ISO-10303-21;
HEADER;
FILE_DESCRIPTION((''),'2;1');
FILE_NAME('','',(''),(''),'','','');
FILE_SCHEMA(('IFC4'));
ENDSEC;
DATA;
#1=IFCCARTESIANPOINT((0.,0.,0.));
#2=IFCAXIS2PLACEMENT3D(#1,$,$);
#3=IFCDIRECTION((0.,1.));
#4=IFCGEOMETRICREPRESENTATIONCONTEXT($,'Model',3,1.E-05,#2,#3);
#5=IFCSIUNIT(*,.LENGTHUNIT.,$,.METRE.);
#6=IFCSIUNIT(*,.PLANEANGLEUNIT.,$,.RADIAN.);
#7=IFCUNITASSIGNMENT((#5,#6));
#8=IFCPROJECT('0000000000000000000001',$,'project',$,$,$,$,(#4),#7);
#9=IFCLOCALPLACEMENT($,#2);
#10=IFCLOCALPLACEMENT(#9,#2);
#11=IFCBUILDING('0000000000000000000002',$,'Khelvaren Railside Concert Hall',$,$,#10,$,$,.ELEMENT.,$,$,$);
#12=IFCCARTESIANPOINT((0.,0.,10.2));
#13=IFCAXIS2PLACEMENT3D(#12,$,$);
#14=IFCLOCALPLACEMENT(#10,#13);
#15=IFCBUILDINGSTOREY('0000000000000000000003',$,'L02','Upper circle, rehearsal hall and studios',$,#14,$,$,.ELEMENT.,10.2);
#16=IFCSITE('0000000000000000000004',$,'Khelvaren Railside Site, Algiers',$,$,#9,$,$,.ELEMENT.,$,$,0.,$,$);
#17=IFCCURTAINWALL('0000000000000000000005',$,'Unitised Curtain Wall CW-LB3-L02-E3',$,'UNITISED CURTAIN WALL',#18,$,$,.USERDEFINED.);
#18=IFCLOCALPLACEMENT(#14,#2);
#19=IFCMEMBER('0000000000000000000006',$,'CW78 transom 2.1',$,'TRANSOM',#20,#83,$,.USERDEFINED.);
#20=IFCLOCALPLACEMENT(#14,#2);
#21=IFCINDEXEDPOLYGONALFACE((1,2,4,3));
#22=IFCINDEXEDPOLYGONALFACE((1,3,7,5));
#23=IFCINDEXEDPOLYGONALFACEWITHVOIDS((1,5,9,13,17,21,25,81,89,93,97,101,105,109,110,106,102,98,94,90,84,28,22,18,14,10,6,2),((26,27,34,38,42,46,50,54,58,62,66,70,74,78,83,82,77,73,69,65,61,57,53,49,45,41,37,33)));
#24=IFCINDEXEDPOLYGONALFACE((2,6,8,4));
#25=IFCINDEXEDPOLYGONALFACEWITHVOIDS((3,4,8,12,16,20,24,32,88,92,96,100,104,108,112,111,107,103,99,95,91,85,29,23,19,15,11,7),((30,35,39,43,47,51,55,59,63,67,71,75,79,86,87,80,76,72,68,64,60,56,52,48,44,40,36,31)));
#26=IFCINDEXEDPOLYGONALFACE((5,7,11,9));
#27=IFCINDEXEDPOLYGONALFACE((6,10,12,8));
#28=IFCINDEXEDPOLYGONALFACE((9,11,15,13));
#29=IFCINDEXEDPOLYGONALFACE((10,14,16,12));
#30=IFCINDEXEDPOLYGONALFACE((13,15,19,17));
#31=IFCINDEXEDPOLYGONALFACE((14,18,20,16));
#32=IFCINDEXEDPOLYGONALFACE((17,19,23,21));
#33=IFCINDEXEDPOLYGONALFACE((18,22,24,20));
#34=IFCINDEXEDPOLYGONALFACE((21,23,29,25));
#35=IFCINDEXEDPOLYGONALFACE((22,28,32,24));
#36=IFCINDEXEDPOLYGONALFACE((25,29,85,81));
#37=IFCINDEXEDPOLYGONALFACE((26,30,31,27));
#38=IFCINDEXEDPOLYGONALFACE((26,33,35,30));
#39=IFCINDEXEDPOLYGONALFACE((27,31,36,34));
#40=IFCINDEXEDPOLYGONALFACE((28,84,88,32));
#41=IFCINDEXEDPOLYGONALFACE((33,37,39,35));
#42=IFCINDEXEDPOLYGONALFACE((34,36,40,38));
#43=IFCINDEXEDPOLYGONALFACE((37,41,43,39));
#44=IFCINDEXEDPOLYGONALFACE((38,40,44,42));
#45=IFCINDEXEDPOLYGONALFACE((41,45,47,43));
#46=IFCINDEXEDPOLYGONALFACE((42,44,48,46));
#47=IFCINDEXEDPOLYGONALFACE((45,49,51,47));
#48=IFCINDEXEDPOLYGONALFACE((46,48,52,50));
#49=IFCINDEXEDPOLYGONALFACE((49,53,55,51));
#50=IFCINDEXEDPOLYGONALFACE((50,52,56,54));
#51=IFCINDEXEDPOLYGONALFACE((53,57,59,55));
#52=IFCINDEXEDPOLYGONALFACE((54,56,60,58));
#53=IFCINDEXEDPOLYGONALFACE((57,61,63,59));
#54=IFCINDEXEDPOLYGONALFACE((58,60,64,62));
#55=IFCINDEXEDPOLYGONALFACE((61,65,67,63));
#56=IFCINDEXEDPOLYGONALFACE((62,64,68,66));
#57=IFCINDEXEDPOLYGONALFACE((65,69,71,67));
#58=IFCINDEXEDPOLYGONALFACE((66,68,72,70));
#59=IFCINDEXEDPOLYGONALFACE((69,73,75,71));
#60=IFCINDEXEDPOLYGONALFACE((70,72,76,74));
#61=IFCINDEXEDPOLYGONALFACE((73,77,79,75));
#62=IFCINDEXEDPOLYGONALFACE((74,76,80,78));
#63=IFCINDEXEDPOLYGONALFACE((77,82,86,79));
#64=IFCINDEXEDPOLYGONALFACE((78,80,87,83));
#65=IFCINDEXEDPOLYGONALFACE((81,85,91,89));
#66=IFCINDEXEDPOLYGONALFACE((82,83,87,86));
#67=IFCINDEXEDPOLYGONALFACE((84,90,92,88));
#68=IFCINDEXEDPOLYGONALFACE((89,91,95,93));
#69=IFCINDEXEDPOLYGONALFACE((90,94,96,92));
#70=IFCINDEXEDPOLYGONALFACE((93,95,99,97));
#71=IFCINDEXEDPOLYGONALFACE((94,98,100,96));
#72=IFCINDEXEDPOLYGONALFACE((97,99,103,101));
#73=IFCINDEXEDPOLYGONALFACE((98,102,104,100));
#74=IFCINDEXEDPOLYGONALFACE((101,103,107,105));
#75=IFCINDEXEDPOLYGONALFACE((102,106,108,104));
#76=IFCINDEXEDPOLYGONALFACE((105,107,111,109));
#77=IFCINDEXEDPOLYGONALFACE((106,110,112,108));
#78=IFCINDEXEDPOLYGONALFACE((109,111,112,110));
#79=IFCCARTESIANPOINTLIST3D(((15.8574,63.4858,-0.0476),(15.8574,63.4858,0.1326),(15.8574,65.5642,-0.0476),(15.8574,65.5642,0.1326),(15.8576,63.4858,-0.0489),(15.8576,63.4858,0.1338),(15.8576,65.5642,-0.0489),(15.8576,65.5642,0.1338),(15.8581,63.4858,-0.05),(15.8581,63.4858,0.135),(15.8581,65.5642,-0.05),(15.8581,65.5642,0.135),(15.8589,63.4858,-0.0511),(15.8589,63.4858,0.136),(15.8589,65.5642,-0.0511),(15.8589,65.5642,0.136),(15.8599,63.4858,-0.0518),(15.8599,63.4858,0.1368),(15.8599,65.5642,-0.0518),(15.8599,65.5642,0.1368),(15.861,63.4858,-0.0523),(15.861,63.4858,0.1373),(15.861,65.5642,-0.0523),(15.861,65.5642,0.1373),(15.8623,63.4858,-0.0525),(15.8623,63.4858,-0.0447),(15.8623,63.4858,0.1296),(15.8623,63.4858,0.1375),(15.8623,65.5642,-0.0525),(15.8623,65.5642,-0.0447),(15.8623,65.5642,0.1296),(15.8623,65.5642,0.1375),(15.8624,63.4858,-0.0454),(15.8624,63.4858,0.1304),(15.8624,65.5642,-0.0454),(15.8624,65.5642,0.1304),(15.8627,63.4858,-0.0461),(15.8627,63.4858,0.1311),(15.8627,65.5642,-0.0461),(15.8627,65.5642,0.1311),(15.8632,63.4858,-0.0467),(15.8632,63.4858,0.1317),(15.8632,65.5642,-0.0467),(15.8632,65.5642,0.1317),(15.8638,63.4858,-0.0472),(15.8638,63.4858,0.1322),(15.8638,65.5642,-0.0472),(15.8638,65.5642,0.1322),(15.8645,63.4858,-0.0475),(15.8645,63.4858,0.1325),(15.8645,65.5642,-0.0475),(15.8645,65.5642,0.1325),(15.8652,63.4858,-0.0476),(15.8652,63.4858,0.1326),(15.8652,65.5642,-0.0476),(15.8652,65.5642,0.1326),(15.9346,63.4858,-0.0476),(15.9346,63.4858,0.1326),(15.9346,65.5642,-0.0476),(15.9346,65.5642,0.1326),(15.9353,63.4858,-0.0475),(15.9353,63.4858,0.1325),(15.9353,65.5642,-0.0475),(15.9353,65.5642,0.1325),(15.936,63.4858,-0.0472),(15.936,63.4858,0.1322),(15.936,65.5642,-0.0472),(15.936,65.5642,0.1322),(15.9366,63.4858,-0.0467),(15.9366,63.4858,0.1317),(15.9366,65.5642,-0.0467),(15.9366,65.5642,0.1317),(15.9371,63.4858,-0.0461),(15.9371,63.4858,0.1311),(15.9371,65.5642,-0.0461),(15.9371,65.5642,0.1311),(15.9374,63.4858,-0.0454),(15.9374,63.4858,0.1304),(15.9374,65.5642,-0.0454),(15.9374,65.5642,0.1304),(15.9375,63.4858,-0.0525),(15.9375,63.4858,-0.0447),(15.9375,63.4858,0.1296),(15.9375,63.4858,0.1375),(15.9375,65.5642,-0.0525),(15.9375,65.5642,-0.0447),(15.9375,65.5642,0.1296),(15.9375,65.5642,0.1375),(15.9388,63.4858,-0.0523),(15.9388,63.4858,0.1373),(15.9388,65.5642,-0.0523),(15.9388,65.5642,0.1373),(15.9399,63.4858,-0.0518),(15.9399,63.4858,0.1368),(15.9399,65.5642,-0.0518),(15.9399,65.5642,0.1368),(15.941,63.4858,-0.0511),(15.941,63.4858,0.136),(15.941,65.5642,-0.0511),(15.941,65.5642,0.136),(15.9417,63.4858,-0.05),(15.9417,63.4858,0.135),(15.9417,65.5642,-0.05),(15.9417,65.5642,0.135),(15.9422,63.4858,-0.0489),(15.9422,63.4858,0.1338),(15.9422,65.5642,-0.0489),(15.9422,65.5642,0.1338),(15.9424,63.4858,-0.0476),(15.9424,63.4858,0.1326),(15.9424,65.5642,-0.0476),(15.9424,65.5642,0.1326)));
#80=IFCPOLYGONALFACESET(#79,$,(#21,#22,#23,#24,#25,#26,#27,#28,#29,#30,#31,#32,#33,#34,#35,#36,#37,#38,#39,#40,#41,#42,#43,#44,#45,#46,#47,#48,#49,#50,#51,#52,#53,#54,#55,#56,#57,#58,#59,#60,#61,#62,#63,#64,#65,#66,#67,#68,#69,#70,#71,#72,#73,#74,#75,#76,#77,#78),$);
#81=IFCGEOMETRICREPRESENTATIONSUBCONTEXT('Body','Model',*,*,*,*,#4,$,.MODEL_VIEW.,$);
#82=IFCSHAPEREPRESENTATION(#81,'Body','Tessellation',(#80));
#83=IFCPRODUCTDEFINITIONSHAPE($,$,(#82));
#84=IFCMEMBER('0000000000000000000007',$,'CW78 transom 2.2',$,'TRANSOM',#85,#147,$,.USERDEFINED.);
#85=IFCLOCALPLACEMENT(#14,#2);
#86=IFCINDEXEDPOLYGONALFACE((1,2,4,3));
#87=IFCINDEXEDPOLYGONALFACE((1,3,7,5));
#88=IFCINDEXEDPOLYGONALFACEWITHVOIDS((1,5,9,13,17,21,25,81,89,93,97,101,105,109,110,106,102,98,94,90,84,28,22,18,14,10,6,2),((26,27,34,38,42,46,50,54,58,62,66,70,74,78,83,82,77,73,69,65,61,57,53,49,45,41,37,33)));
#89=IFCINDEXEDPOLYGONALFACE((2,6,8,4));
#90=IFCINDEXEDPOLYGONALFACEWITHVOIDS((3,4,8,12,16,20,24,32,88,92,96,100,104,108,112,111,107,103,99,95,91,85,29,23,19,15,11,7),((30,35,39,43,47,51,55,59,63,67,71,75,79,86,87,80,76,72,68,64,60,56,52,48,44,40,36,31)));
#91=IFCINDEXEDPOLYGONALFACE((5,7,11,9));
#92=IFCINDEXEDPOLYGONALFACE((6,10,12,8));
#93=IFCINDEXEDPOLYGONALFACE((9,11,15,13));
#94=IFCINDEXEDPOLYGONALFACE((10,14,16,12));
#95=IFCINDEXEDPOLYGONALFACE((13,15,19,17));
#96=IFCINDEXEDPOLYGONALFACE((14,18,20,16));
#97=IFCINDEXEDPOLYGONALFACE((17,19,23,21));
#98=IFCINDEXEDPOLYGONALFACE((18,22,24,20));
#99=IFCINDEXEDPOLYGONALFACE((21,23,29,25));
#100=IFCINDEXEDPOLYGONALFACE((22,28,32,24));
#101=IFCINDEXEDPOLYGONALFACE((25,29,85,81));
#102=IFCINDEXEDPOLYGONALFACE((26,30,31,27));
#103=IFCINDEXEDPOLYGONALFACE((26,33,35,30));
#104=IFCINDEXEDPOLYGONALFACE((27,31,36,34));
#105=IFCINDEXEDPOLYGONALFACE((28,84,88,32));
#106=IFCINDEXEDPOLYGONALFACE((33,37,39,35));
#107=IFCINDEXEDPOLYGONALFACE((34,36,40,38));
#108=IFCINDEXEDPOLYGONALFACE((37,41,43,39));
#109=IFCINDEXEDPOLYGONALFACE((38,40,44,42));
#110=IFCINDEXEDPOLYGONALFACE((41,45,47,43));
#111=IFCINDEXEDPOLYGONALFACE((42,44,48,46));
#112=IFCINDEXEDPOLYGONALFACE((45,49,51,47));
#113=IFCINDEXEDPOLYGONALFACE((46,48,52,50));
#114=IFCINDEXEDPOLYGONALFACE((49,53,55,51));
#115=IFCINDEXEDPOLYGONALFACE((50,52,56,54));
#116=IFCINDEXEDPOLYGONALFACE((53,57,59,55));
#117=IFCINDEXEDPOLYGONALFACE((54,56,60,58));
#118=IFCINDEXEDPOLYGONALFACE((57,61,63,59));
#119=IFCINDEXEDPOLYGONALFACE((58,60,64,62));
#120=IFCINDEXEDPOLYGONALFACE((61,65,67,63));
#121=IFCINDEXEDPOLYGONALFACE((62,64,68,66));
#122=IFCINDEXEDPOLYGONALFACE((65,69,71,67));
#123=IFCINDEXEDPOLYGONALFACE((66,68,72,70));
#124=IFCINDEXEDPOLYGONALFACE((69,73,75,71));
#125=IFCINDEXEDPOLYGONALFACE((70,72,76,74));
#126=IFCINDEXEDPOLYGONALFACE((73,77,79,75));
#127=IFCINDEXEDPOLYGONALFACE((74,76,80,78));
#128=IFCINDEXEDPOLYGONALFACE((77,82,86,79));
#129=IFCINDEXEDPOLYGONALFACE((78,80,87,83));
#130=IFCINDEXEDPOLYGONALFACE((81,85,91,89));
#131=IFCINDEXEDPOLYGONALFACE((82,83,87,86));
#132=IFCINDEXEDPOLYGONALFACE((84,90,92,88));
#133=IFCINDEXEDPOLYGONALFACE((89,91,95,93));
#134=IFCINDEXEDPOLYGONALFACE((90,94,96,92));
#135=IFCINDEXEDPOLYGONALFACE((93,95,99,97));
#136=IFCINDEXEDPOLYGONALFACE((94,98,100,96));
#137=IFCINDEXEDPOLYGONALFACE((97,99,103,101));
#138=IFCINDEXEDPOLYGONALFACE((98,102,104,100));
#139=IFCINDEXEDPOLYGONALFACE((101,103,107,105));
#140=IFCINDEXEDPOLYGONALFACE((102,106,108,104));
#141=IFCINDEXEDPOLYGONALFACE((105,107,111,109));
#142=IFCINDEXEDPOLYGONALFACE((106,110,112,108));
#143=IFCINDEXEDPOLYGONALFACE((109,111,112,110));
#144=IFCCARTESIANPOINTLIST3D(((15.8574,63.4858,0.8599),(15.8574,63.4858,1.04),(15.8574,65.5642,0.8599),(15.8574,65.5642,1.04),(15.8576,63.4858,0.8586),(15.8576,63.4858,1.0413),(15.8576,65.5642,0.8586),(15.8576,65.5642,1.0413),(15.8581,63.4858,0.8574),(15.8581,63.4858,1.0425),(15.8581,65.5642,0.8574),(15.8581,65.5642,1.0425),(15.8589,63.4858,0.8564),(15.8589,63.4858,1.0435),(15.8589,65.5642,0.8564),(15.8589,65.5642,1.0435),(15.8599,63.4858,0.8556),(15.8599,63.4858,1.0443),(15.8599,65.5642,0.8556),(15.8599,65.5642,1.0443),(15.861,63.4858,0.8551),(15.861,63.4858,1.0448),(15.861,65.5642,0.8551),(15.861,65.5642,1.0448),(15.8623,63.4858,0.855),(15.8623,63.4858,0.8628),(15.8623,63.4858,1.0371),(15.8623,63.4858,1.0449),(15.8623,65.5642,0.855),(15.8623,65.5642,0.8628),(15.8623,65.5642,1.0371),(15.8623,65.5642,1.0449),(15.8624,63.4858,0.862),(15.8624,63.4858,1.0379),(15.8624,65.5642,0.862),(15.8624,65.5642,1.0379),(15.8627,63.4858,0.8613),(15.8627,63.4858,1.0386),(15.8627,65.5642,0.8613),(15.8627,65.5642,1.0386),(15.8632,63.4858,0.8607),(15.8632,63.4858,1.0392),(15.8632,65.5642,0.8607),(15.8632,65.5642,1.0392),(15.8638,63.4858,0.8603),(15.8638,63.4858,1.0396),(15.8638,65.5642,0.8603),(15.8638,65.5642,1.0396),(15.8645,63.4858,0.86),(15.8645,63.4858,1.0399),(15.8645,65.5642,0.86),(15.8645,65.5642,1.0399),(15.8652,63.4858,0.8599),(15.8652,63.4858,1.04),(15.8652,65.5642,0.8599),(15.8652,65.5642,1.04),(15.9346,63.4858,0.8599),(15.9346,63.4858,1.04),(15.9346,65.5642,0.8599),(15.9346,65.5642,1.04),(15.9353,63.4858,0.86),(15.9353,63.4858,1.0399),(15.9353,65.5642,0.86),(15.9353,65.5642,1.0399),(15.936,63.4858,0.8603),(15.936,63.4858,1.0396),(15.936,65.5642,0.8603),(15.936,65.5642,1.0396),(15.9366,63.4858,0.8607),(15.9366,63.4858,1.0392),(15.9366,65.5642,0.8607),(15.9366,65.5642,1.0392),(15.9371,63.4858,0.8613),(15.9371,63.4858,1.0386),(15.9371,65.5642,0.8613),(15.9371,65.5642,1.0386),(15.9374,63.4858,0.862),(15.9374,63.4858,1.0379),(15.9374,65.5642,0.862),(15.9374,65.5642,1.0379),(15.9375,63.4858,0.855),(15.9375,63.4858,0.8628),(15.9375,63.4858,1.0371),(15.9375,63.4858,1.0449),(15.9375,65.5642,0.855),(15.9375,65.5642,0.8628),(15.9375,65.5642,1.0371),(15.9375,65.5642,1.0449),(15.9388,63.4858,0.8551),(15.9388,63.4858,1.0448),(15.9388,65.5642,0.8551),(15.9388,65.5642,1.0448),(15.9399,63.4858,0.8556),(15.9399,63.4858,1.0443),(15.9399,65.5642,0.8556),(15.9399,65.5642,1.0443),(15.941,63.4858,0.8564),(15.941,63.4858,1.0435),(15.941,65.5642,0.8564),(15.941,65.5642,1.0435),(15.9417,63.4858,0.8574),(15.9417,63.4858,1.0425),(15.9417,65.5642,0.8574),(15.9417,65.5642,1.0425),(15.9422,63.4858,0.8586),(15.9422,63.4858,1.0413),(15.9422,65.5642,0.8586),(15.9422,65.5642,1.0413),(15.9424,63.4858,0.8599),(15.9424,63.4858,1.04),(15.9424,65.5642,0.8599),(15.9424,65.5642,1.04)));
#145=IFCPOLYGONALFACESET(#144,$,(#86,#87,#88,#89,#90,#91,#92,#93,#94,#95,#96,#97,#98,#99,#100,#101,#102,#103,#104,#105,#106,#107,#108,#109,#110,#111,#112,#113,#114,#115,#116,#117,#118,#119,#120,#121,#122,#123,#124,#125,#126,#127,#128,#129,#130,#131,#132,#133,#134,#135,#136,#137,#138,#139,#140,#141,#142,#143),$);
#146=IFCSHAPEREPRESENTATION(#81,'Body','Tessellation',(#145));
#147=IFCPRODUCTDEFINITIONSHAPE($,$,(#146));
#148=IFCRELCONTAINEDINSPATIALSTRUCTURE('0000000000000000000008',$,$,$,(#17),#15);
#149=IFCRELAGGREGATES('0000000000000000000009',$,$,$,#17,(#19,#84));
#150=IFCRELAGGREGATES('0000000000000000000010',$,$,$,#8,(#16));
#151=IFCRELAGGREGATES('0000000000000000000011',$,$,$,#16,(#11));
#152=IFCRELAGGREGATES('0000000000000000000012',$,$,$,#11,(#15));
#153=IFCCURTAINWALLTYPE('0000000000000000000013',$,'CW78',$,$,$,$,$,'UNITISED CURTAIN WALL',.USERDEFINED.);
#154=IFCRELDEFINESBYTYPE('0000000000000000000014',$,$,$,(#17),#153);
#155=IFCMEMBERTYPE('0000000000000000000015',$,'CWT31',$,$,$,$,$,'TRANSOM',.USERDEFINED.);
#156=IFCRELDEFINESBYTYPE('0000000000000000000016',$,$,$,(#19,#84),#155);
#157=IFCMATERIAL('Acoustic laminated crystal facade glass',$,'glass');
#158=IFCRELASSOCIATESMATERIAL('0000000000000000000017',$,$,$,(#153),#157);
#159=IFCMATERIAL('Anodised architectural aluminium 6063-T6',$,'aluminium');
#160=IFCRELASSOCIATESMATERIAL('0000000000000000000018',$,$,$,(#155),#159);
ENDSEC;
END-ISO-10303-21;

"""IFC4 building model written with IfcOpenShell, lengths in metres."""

from ifc_helpers import new_model, si_unit, direction, frame, origin, origin_2d, place, context, subcontext, project, spatial, hollow_rectangle, extrude, material, material_profile, profile_set, type_object, element, aggregate, save


model = new_model("IFC4")

# Units and contexts
model_context = context("Model", 3, precision=1e-05, world=origin(), true_north=direction((0.0, 1.0)))
body_context = subcontext(model_context, "Body", "Model", "MODEL_VIEW")
ifc_project = project(units=[si_unit("LENGTHUNIT", "METRE"), si_unit("PLANEANGLEUNIT", "RADIAN")], contexts=[model_context])

# Site, building, storey
site_placement = place(None, origin())
site = spatial("IfcSite", under=ifc_project, at=site_placement, Name="Khelvaren Railside Site, Algiers", CompositionType="ELEMENT", RefElevation=0.0)
building_placement = place(site_placement, origin())
building = spatial("IfcBuilding", under=site, at=building_placement, Name="Khelvaren Railside Concert Hall", CompositionType="ELEMENT")
storey_placement = place(building_placement, frame((0.0, 0.0, 10.2)))
storey = spatial("IfcBuildingStorey", under=building, at=storey_placement, Name="L02", Description="Upper circle, rehearsal hall and studios", CompositionType="ELEMENT", Elevation=10.2)

# Curtain wall, members
ifc_material_1 = material(Name="Acoustic laminated crystal facade glass", Category="glass")
curtain_wall_type = type_object("IfcCurtainWallType", Name="CW78", ElementType="UNITISED CURTAIN WALL", PredefinedType="USERDEFINED", material=ifc_material_1)
curtain_wall_placement = place(storey_placement, origin())
curtain_wall = element("IfcCurtainWall", 1, at=curtain_wall_placement, inside=storey, type_object=curtain_wall_type, Name="Unitised Curtain Wall CW-LB3-L02-E3", ObjectType="UNITISED CURTAIN WALL", PredefinedType="USERDEFINED")
ifc_material_2 = material(Name="Anodised architectural aluminium 6063-T6", Category="aluminium")
ifc_material_profile_1 = material_profile(ifc_material_2, hollow_rectangle(XDim=0.085, YDim=0.1899, WallThickness=0.0049, InnerFilletRadius=0.0029, OuterFilletRadius=0.0049, at=origin_2d()), Name="CWT 85x190x5")
ifc_profile_set_1 = profile_set([ifc_material_profile_1], Name="Anodised architectural aluminium 6063-T6")
member_type_1 = type_object("IfcMemberType", Name="CWT31", ElementType="TRANSOM", PredefinedType="USERDEFINED", material=ifc_profile_set_1)
member_1_placement = place(storey_placement, frame((15.8999, 65.5642, 0.0425), z_axis=(0.0, -1.0, 0.0), x_axis=(1.0, 0.0, 0.0)))
member_1 = element("IfcMember", 2, at=member_1_placement, type_object=member_type_1, Name="CW78 transom 2.1", ObjectType="TRANSOM", PredefinedType="USERDEFINED", context=body_context, shape_type="SweptSolid", body=[
    extrude(hollow_rectangle(XDim=0.085, YDim=0.1899, WallThickness=0.0049, InnerFilletRadius=0.0029, OuterFilletRadius=0.0049, at=origin_2d()), origin(), (0.0, 0.0, 1.0), 2.0784),
])
member_2_placement = place(storey_placement, frame((15.8999, 65.5642, 0.95), z_axis=(0.0, -1.0, 0.0), x_axis=(1.0, 0.0, 0.0)))
member_2 = element("IfcMember", 3, at=member_2_placement, type_object=member_type_1, Name="CW78 transom 2.2", ObjectType="TRANSOM", PredefinedType="USERDEFINED", context=body_context, shape_type="SweptSolid", body=[
    extrude(hollow_rectangle(XDim=0.085, YDim=0.1899, WallThickness=0.0049, InnerFilletRadius=0.0029, OuterFilletRadius=0.0049, at=origin_2d()), origin(), (0.0, 0.0, 1.0), 2.0784),
])

aggregate(curtain_wall, [member_1, member_2])

save(model, "model.ifc")
